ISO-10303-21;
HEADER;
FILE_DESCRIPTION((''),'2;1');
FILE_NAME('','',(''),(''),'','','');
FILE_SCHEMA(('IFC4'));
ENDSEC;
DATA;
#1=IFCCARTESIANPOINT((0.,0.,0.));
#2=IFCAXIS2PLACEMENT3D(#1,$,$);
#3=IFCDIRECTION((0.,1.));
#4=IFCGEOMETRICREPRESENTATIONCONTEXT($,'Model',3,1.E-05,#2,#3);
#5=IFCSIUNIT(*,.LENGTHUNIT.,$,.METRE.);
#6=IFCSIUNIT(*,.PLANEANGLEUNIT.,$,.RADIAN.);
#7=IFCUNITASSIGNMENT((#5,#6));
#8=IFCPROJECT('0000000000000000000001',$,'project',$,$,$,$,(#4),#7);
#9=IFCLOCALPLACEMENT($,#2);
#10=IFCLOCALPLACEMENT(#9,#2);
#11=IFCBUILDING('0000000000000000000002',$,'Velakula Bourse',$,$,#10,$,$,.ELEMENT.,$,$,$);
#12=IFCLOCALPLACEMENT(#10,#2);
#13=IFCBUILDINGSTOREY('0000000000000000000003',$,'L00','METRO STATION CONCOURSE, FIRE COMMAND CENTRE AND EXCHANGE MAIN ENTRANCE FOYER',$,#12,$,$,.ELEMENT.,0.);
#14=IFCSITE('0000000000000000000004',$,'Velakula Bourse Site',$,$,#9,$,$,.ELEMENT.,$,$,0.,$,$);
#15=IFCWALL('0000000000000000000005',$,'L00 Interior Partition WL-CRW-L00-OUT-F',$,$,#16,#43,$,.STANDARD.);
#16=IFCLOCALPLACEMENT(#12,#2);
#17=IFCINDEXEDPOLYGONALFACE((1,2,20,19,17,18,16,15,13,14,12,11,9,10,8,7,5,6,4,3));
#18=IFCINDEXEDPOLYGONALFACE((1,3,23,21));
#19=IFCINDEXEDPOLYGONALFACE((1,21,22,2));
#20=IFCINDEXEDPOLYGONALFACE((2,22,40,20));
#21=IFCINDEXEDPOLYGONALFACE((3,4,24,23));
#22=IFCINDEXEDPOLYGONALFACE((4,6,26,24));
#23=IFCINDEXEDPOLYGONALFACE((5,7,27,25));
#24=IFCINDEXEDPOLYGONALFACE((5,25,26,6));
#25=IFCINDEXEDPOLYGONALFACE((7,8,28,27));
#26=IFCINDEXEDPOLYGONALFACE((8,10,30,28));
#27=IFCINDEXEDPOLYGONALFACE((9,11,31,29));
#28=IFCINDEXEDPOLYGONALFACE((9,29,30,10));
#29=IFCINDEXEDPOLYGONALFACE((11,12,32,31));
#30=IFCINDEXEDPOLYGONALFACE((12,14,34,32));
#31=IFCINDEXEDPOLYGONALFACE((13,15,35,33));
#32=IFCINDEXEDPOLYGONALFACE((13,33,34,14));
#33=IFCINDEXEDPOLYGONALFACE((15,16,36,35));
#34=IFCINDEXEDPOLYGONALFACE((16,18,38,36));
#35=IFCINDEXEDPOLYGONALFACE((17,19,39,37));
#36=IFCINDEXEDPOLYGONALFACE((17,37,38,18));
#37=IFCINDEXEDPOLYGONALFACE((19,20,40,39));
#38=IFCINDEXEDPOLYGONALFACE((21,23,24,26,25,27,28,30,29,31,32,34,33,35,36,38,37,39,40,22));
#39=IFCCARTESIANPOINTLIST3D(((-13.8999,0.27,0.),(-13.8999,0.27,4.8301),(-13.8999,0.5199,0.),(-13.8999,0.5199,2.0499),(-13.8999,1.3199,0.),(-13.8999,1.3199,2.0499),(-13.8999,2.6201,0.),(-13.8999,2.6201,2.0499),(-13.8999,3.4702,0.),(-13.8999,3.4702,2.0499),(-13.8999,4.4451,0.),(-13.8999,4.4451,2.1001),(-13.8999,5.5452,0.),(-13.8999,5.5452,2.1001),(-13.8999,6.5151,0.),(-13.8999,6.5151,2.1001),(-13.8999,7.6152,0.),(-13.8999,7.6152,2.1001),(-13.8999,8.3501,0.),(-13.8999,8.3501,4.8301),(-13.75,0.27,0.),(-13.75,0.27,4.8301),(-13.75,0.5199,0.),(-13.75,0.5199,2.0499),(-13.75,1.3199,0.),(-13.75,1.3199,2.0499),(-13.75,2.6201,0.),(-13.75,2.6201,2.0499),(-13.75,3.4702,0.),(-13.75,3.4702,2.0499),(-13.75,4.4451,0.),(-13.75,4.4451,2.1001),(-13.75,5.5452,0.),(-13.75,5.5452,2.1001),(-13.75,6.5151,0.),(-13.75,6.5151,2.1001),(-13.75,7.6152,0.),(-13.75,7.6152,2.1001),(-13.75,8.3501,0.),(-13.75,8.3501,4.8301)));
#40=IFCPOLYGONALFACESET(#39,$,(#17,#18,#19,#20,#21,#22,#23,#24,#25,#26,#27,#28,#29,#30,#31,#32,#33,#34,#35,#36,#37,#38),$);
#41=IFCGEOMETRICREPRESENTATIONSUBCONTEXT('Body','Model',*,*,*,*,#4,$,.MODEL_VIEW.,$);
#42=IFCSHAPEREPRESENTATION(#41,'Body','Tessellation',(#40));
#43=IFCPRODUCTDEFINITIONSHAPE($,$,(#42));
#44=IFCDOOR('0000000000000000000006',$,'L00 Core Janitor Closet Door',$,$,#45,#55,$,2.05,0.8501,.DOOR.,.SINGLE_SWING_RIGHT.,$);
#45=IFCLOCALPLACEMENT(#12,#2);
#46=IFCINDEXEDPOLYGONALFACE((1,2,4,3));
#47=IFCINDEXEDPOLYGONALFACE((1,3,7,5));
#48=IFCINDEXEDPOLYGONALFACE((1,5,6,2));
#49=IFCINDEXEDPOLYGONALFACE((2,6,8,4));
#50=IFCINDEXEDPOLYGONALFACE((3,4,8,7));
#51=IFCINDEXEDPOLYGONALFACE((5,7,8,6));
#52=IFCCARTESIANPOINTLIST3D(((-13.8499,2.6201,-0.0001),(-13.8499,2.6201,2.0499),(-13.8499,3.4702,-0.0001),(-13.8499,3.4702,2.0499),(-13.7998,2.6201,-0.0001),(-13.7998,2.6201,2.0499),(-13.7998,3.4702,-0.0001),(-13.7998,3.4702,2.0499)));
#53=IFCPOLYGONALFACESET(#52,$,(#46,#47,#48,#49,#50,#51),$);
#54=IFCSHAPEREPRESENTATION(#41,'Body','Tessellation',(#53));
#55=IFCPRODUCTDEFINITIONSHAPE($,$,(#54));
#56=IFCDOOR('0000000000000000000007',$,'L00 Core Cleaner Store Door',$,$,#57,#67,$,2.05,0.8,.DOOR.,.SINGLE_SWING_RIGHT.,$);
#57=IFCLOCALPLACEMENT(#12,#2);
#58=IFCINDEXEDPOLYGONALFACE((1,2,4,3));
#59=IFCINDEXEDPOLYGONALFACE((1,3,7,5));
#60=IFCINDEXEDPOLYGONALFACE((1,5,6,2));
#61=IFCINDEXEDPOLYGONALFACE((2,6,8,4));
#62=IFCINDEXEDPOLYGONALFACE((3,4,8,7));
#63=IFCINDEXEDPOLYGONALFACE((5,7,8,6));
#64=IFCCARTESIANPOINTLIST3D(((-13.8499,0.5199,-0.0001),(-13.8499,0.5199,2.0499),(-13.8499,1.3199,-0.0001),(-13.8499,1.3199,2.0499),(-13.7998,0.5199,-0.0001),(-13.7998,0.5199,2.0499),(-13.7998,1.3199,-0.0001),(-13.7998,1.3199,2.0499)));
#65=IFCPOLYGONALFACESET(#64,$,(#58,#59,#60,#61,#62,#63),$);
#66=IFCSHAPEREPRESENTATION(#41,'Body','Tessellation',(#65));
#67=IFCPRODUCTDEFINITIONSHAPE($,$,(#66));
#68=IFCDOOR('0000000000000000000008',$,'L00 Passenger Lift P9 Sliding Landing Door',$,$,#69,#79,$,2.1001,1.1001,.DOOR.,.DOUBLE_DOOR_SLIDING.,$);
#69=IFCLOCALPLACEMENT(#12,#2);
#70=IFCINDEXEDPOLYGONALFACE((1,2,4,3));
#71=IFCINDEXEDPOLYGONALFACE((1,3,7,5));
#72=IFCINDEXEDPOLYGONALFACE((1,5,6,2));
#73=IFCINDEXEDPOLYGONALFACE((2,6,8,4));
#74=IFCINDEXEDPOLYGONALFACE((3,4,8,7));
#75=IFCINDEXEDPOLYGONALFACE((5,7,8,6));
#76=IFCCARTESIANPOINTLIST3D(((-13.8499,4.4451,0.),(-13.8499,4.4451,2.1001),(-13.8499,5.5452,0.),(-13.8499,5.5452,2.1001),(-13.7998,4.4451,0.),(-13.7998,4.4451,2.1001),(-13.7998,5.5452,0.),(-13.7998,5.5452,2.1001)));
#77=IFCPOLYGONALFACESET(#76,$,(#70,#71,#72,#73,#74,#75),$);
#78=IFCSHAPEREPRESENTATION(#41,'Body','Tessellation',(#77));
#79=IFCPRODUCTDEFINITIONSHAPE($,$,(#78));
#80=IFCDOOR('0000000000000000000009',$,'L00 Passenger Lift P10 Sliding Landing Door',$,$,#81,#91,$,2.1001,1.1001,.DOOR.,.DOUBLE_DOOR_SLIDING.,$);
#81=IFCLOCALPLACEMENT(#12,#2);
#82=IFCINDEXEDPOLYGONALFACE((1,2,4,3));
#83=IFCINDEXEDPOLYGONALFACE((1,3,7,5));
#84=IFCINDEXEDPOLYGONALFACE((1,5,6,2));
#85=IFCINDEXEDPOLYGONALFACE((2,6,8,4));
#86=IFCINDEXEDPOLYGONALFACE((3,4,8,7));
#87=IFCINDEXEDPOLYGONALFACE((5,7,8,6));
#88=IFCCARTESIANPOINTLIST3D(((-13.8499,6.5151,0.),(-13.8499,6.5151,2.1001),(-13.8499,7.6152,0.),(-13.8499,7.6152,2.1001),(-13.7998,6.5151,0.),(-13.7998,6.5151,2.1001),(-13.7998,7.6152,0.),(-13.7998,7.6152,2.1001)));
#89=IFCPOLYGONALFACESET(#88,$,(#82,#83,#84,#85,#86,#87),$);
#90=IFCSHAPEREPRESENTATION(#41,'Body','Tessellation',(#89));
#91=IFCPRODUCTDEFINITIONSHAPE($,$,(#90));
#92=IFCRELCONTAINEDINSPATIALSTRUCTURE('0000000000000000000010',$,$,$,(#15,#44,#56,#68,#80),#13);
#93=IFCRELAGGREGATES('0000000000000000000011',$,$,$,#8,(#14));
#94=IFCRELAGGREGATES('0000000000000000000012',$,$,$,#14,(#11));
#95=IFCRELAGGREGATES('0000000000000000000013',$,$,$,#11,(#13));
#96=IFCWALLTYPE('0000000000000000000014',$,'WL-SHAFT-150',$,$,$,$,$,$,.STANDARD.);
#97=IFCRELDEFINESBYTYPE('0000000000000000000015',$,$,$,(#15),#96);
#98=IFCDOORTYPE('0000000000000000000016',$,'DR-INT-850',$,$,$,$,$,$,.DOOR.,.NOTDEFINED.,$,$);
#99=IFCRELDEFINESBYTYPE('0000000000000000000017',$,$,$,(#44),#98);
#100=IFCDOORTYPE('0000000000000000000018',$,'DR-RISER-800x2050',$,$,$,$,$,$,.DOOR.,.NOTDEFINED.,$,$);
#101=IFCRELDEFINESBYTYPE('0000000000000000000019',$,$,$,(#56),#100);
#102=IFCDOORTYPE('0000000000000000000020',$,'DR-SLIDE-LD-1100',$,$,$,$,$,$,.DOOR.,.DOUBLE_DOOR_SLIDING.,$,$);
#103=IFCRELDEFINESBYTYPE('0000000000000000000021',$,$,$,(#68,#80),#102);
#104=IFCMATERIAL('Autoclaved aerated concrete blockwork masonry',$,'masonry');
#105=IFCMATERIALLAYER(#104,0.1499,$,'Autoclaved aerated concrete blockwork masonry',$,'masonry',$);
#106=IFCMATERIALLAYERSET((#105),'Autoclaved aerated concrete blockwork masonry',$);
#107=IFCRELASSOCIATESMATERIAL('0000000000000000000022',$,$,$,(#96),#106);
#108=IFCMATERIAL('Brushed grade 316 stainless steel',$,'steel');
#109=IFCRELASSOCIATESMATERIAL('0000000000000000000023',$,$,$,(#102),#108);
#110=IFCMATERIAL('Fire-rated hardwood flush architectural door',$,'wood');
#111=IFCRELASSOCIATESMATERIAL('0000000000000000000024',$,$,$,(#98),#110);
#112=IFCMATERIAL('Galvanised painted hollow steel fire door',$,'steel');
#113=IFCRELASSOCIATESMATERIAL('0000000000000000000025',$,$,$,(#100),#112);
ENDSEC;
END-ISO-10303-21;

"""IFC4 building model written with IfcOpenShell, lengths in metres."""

from ifc_helpers import new_model, si_unit, direction, frame, frame_2d, origin, place, context, subcontext, project, spatial, rectangle, extrude, material, layer, layer_set, type_object, element, fill, save


model = new_model("IFC4")

# Units and contexts
model_context = context("Model", 3, precision=1e-05, world=origin(), true_north=direction((0.0, 1.0)))
body_context = subcontext(model_context, "Body", "Model", "MODEL_VIEW")
ifc_project = project(units=[si_unit("LENGTHUNIT", "METRE"), si_unit("PLANEANGLEUNIT", "RADIAN")], contexts=[model_context])

# Site, building, storey
site_placement = place(None, origin())
site = spatial("IfcSite", under=ifc_project, at=site_placement, Name="Velakula Bourse Site", CompositionType="ELEMENT", RefElevation=0.0)
building_placement = place(site_placement, origin())
building = spatial("IfcBuilding", under=site, at=building_placement, Name="Velakula Bourse", CompositionType="ELEMENT")
storey_placement = place(building_placement, origin())
storey = spatial("IfcBuildingStorey", under=building, at=storey_placement, Name="L00", Description="METRO STATION CONCOURSE, FIRE COMMAND CENTRE AND EXCHANGE MAIN ENTRANCE FOYER", CompositionType="ELEMENT", Elevation=0.0)

# Shared definitions
ifc_material_1 = material(Name="Autoclaved aerated concrete blockwork masonry", Category="masonry")
ifc_layer_1 = layer(ifc_material_1, 0.1499, Name="Autoclaved aerated concrete blockwork masonry", Category="masonry")
ifc_layer_set_1 = layer_set([ifc_layer_1], Name="Autoclaved aerated concrete blockwork masonry")
wall_type_1 = type_object("IfcWallType", Name="WL-SHAFT-150", PredefinedType="STANDARD", material=ifc_layer_set_1)

# Wall, openings, doors
ifc_material_2 = material(Name="Brushed grade 316 stainless steel", Category="steel")
door_type_1 = type_object("IfcDoorType", Name="DR-SLIDE-LD-1100", OperationType="DOUBLE_DOOR_SLIDING", PredefinedType="DOOR", material=ifc_material_2)
wall_1_placement = place(storey_placement, frame((-13.825, 0.27, 0.0), z_axis=(0.0, 0.0, 1.0), x_axis=(0.0, 1.0, 0.0)))
wall_1 = element("IfcWall", 1, at=wall_1_placement, inside=storey, type_object=wall_type_1, Name="L00 Interior Partition WL-CRW-L00-OUT-F", PredefinedType="STANDARD", context=body_context, shape_type="SweptSolid", body=[
    extrude(rectangle(XDim=8.0801, YDim=0.1499, at=frame_2d((4.04, 0.0))), origin(), (0.0, 0.0, 1.0), 4.8301),
])
opening_1_placement = place(wall_1_placement, frame((4.175, 0.0, 0.0)))
opening_1 = element("IfcOpeningElement", 2, at=opening_1_placement, cuts=wall_1, PredefinedType="OPENING", context=body_context, shape_type="SweptSolid", body=[
    extrude(rectangle(XDim=1.1001, YDim=2.1001, at=frame_2d((0.55, 1.05))), frame((0.0, 0.085, 0.0), z_axis=(0.0, -1.0, 0.0), x_axis=(1.0, 0.0, 0.0)), (0.0, 0.0, 1.0), 0.1699),
])
opening_2_placement = place(wall_1_placement, frame((6.2451, 0.0, 0.0)))
opening_2 = element("IfcOpeningElement", 3, at=opening_2_placement, cuts=wall_1, PredefinedType="OPENING", context=body_context, shape_type="SweptSolid", body=[
    extrude(rectangle(XDim=1.1001, YDim=2.1001, at=frame_2d((0.55, 1.05))), frame((0.0, 0.085, 0.0), z_axis=(0.0, -1.0, 0.0), x_axis=(1.0, 0.0, 0.0)), (0.0, 0.0, 1.0), 0.1699),
])
opening_3_placement = place(wall_1_placement, frame((0.25, 0.0, 0.0)))
opening_3 = element("IfcOpeningElement", 4, at=opening_3_placement, cuts=wall_1, PredefinedType="OPENING", context=body_context, shape_type="SweptSolid", body=[
    extrude(rectangle(XDim=0.8, YDim=2.05, at=frame_2d((0.3999, 1.0249))), frame((0.0, 0.085, 0.0), z_axis=(0.0, -1.0, 0.0), x_axis=(1.0, 0.0, 0.0)), (0.0, 0.0, 1.0), 0.1699),
])
opening_4_placement = place(wall_1_placement, frame((2.3501, 0.0, 0.0)))
opening_4 = element("IfcOpeningElement", 5, at=opening_4_placement, cuts=wall_1, PredefinedType="OPENING", context=body_context, shape_type="SweptSolid", body=[
    extrude(rectangle(XDim=0.8501, YDim=2.05, at=frame_2d((0.425, 1.0249))), frame((0.0, 0.085, 0.0), z_axis=(0.0, -1.0, 0.0), x_axis=(1.0, 0.0, 0.0)), (0.0, 0.0, 1.0), 0.1699),
])
ifc_material_3 = material(Name="Fire-rated hardwood flush architectural door", Category="wood")
door_type_2 = type_object("IfcDoorType", Name="DR-INT-850", OperationType="NOTDEFINED", PredefinedType="DOOR", material=ifc_material_3)
door_1_placement = place(opening_4_placement, origin())
door_1 = element("IfcDoor", 6, at=door_1_placement, inside=storey, type_object=door_type_2, Name="L00 Core Janitor Closet Door", OperationType="SINGLE_SWING_RIGHT", OverallHeight=2.05, OverallWidth=0.8501, PredefinedType="DOOR", context=body_context, shape_type="SweptSolid", body=[
    extrude(rectangle(XDim=0.8501, YDim=2.05, at=frame_2d((0.425, 1.0249))), frame((0.0, 0.0249, 0.0), z_axis=(0.0, -1.0, 0.0), x_axis=(1.0, 0.0, 0.0)), (0.0, 0.0, 1.0), 0.05),
])
fill(opening_4, door_1)
ifc_material_4 = material(Name="Galvanised painted hollow steel fire door", Category="steel")
door_type_3 = type_object("IfcDoorType", Name="DR-RISER-800x2050", OperationType="NOTDEFINED", PredefinedType="DOOR", material=ifc_material_4)
door_2_placement = place(opening_3_placement, origin())
door_2 = element("IfcDoor", 7, at=door_2_placement, inside=storey, type_object=door_type_3, Name="L00 Core Cleaner Store Door", OperationType="SINGLE_SWING_RIGHT", OverallHeight=2.05, OverallWidth=0.8, PredefinedType="DOOR", context=body_context, shape_type="SweptSolid", body=[
    extrude(rectangle(XDim=0.8, YDim=2.05, at=frame_2d((0.3999, 1.0249))), frame((0.0, 0.0249, 0.0), z_axis=(0.0, -1.0, 0.0), x_axis=(1.0, 0.0, 0.0)), (0.0, 0.0, 1.0), 0.05),
])
fill(opening_3, door_2)
door_3_placement = place(opening_1_placement, origin())
door_3 = element("IfcDoor", 8, at=door_3_placement, inside=storey, type_object=door_type_1, Name="L00 Passenger Lift P9 Sliding Landing Door", OperationType="DOUBLE_DOOR_SLIDING", OverallHeight=2.1001, OverallWidth=1.1001, PredefinedType="DOOR", context=body_context, shape_type="SweptSolid", body=[
    extrude(rectangle(XDim=1.1001, YDim=2.1001, at=frame_2d((0.55, 1.05))), frame((0.0, 0.0249, 0.0), z_axis=(0.0, -1.0, 0.0), x_axis=(1.0, 0.0, 0.0)), (0.0, 0.0, 1.0), 0.05),
])
fill(opening_1, door_3)
door_4_placement = place(opening_2_placement, origin())
door_4 = element("IfcDoor", 9, at=door_4_placement, inside=storey, type_object=door_type_1, Name="L00 Passenger Lift P10 Sliding Landing Door", OperationType="DOUBLE_DOOR_SLIDING", OverallHeight=2.1001, OverallWidth=1.1001, PredefinedType="DOOR", context=body_context, shape_type="SweptSolid", body=[
    extrude(rectangle(XDim=1.1001, YDim=2.1001, at=frame_2d((0.55, 1.05))), frame((0.0, 0.0249, 0.0), z_axis=(0.0, -1.0, 0.0), x_axis=(1.0, 0.0, 0.0)), (0.0, 0.0, 1.0), 0.05),
])
fill(opening_2, door_4)

save(model, "model.ifc")
